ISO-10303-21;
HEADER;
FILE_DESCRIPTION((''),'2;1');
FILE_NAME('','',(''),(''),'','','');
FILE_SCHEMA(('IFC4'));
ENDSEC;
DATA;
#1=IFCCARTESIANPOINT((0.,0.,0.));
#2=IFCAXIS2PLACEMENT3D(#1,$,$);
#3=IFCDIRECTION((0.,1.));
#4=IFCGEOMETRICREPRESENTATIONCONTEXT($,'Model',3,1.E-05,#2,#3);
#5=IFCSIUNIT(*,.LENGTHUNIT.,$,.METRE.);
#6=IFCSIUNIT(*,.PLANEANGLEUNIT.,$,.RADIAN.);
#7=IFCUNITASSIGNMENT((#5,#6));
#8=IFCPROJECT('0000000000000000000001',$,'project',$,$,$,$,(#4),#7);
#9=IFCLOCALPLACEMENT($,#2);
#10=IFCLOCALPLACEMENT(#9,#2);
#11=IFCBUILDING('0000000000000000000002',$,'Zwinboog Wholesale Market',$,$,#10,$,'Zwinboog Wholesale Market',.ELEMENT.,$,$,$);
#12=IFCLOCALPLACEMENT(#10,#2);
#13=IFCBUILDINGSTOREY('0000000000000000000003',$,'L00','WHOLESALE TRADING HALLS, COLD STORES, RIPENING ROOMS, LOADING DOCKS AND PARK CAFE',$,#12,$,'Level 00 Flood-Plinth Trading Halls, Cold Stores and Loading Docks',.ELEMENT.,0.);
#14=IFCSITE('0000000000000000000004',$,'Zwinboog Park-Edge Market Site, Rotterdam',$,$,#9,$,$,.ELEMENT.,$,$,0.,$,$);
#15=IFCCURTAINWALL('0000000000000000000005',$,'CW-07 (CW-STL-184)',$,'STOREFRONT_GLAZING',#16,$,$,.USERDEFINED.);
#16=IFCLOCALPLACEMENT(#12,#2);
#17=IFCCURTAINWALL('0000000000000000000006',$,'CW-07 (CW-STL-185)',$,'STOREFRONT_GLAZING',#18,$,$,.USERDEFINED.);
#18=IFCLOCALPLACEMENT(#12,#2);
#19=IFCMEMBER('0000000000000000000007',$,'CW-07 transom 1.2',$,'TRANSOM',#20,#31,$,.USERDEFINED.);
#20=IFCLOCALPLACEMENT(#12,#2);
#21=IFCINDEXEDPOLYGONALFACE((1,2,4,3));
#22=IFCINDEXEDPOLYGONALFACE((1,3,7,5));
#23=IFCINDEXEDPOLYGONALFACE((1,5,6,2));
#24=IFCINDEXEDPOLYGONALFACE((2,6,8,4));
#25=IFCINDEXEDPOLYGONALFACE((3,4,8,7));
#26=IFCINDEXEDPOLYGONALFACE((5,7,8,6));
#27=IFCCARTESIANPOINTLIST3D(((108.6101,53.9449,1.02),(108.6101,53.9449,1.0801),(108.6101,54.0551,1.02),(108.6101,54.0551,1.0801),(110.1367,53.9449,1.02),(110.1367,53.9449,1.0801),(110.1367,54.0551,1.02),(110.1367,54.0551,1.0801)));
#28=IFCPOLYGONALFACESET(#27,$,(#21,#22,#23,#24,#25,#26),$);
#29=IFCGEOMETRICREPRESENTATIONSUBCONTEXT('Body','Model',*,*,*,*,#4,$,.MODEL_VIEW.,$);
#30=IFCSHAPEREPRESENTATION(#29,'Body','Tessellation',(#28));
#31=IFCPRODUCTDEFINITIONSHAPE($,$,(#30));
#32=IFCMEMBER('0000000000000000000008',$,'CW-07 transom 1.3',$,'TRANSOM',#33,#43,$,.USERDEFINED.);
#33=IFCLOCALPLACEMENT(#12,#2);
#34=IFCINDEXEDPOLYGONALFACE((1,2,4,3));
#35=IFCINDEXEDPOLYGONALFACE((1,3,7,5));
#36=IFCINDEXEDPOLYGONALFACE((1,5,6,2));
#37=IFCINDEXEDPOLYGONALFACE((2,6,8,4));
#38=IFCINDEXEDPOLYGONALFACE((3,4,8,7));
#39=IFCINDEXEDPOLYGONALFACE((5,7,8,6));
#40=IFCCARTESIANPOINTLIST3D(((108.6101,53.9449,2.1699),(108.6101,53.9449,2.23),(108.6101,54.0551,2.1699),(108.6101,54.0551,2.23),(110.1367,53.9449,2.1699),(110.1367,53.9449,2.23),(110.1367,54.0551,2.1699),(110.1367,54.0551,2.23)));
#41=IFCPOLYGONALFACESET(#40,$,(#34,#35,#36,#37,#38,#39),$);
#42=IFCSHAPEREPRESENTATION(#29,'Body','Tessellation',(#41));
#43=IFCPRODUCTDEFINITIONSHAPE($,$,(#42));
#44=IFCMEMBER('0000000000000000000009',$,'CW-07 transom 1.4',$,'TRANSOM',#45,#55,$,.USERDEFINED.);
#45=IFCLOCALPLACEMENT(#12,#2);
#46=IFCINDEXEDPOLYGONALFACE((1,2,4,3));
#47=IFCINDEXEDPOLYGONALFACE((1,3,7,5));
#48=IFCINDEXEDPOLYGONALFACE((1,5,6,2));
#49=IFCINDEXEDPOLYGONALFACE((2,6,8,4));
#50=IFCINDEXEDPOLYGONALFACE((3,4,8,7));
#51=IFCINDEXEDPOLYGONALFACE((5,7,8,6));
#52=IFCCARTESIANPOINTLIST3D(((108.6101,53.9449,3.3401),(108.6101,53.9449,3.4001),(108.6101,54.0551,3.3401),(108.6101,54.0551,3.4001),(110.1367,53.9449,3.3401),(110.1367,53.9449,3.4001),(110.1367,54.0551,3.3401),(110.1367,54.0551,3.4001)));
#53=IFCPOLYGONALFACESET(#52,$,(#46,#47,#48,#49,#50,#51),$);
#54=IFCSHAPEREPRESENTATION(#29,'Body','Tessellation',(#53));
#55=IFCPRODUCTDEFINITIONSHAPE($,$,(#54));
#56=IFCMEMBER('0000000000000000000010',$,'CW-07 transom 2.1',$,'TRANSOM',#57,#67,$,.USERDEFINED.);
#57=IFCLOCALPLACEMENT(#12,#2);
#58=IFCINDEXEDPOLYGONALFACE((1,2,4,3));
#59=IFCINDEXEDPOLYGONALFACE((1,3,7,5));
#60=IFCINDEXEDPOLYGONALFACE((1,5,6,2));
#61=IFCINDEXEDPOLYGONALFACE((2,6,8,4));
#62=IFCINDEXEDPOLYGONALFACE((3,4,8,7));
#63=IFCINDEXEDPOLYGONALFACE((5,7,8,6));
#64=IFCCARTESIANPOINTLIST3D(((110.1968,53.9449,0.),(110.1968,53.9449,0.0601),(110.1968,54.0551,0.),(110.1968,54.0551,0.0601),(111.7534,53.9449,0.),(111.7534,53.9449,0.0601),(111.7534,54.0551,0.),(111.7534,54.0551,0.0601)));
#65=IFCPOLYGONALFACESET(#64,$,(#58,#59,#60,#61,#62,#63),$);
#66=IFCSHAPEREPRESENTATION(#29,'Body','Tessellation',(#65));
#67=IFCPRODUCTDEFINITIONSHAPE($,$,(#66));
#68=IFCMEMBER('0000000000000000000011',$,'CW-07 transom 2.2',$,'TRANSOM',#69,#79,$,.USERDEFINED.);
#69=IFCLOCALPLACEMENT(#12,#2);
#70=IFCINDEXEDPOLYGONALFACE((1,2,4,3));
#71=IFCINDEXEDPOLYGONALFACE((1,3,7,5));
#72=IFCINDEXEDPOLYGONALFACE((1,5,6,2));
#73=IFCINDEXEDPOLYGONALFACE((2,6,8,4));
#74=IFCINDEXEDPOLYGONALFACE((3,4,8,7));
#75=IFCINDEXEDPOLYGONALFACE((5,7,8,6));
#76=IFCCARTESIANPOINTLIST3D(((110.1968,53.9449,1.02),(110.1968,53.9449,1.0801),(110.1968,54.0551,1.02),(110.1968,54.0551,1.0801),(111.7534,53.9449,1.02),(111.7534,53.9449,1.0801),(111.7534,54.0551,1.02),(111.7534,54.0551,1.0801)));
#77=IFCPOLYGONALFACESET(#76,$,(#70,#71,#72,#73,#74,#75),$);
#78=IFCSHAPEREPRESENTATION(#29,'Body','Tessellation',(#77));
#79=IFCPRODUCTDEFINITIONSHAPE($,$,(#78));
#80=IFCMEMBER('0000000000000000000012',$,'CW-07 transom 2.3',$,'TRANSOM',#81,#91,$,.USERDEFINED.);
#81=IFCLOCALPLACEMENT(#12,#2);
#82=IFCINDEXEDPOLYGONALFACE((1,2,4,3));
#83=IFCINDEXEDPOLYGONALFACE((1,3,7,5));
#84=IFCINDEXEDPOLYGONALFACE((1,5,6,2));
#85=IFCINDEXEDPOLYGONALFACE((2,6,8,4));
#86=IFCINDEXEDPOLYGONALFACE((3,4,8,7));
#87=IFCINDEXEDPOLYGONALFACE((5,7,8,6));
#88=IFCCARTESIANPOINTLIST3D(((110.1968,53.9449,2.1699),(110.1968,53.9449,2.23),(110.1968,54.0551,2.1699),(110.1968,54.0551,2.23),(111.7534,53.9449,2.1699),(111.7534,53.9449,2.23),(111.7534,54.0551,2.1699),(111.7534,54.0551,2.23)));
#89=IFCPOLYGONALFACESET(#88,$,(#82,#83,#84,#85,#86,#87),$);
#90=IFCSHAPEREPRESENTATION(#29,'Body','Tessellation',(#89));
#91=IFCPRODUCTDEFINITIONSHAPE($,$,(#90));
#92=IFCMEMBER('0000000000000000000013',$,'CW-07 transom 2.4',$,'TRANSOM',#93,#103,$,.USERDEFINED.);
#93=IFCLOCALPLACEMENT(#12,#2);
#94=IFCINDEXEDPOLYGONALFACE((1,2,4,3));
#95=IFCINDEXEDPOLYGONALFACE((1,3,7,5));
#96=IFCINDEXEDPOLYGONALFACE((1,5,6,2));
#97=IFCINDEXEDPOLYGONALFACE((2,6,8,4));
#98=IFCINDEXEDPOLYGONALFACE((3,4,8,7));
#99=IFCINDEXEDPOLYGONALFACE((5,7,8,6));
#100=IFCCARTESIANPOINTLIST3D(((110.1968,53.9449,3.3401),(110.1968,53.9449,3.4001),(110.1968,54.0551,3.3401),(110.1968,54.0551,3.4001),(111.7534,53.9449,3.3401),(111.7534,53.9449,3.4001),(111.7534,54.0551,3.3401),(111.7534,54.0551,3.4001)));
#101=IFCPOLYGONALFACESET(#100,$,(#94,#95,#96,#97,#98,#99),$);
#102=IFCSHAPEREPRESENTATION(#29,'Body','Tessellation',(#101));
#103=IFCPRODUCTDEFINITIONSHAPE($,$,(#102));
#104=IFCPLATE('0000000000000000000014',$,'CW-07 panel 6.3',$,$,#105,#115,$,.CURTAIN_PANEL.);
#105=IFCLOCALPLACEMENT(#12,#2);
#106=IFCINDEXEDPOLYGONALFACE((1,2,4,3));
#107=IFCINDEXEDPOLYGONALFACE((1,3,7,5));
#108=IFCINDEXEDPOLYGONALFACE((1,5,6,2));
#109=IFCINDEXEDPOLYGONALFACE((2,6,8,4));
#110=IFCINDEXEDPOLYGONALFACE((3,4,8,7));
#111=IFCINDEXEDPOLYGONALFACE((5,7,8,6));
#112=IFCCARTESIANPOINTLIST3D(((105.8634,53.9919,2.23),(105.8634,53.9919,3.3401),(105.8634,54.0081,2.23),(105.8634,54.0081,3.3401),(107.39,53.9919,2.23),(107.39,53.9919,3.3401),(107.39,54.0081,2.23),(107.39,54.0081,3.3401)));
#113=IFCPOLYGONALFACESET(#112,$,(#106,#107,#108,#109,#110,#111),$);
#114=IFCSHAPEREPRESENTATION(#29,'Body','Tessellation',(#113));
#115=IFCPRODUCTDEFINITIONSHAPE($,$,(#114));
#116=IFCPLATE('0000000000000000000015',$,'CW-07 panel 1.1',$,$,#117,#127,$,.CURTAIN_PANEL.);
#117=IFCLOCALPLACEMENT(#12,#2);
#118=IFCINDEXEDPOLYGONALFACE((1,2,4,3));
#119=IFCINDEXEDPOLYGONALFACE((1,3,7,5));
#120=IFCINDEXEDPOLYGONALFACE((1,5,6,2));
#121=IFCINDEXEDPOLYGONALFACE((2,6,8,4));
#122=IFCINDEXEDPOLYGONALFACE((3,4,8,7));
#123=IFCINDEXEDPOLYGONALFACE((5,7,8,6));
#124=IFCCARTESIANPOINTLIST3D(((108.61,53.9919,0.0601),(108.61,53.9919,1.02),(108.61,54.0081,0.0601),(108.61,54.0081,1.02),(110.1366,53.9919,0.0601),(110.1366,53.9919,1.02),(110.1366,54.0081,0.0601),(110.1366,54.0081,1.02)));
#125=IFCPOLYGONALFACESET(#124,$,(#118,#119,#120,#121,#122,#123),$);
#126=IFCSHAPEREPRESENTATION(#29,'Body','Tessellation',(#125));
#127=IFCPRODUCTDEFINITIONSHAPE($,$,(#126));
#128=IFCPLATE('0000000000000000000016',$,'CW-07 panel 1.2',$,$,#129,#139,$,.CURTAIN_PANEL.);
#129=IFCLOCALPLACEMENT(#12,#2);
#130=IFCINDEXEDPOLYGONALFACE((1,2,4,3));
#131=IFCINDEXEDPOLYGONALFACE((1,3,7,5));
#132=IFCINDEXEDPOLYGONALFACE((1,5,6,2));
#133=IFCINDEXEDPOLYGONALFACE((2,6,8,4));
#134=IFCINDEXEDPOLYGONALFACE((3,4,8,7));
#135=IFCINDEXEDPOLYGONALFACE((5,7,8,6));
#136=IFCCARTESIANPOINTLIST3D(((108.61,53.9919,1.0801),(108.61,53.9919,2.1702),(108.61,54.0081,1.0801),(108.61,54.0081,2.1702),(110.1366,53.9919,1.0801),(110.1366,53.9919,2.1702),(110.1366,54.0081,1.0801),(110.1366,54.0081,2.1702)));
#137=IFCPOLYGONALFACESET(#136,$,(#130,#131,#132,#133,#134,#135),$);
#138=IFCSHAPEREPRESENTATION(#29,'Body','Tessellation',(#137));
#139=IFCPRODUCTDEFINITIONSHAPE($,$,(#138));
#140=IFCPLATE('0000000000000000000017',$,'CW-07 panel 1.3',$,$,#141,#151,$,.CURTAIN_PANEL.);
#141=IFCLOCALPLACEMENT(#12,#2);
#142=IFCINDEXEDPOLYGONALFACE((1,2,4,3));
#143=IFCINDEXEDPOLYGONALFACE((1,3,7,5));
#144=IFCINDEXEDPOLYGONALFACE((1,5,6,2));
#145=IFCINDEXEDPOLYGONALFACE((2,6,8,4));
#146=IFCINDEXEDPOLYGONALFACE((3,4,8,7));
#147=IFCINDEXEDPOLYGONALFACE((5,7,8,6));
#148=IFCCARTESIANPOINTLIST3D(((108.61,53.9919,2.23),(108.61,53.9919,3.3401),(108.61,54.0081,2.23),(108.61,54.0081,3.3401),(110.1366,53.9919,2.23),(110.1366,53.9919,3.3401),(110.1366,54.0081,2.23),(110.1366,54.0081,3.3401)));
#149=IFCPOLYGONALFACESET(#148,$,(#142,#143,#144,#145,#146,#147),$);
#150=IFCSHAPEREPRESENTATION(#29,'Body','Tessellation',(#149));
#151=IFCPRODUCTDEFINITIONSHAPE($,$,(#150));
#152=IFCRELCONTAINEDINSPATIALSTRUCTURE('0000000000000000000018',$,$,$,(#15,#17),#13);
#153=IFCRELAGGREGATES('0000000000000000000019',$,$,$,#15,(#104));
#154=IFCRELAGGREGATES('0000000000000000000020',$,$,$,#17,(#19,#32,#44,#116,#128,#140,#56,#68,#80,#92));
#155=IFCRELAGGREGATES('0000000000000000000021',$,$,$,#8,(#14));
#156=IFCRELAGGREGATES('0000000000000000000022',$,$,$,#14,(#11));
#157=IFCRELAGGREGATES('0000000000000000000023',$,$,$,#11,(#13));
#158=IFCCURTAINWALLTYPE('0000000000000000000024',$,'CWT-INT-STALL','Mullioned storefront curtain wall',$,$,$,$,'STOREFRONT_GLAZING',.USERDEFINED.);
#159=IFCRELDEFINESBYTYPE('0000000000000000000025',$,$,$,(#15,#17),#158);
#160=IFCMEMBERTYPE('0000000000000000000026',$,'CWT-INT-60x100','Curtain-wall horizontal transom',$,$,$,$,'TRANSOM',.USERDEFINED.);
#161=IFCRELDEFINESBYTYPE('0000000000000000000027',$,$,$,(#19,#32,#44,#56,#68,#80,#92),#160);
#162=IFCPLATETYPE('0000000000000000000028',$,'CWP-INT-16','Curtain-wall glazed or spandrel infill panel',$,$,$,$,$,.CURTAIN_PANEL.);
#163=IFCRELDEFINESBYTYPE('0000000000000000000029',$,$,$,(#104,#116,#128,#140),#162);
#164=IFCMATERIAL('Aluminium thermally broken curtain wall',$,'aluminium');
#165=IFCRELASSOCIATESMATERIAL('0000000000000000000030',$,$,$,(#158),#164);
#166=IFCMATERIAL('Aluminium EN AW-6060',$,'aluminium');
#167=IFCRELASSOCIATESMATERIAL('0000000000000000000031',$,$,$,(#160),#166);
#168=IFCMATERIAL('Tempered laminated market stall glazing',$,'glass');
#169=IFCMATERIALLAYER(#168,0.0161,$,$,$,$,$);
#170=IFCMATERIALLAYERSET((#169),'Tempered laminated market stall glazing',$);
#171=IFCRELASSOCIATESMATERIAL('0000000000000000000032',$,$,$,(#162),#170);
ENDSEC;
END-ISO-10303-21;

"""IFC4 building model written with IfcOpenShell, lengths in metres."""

from ifc_helpers import new_model, si_unit, direction, frame, origin, origin_2d, place, context, subcontext, project, spatial, rectangle, extrude, material, layer, layer_set, material_profile, profile_set, type_object, element, aggregate, save


model = new_model("IFC4")

# Units and contexts
model_context = context("Model", 3, precision=1e-05, world=origin(), true_north=direction((0.0, 1.0)))
body_context = subcontext(model_context, "Body", "Model", "MODEL_VIEW")
ifc_project = project(units=[si_unit("LENGTHUNIT", "METRE"), si_unit("PLANEANGLEUNIT", "RADIAN")], contexts=[model_context])

# Site, building, storey
site_placement = place(None, origin())
site = spatial("IfcSite", under=ifc_project, at=site_placement, Name="Zwinboog Park-Edge Market Site, Rotterdam", CompositionType="ELEMENT", RefElevation=0.0)
building_placement = place(site_placement, origin())
building = spatial("IfcBuilding", under=site, at=building_placement, Name="Zwinboog Wholesale Market", LongName="Zwinboog Wholesale Market", CompositionType="ELEMENT")
storey_placement = place(building_placement, origin())
storey = spatial("IfcBuildingStorey", under=building, at=storey_placement, Name="L00", Description="WHOLESALE TRADING HALLS, COLD STORES, RIPENING ROOMS, LOADING DOCKS AND PARK CAFE", LongName="Level 00 Flood-Plinth Trading Halls, Cold Stores and Loading Docks", CompositionType="ELEMENT", Elevation=0.0)

# Curtain wall
ifc_material_1 = material(Name="Aluminium thermally broken curtain wall", Category="aluminium")
curtain_wall_type = type_object("IfcCurtainWallType", Name="CWT-INT-STALL", Description="Mullioned storefront curtain wall", ElementType="STOREFRONT_GLAZING", PredefinedType="USERDEFINED", material=ifc_material_1)
curtain_wall_1_placement = place(storey_placement, origin())
curtain_wall_1 = element("IfcCurtainWall", 1, at=curtain_wall_1_placement, inside=storey, type_object=curtain_wall_type, Name="CW-07 (CW-STL-184)", ObjectType="STOREFRONT_GLAZING", PredefinedType="USERDEFINED")
ifc_material_2 = material(Name="Aluminium EN AW-6060", Category="aluminium")

# Curtain wall, members
curtain_wall_2_placement = place(storey_placement, origin())
curtain_wall_2 = element("IfcCurtainWall", 2, at=curtain_wall_2_placement, inside=storey, type_object=curtain_wall_type, Name="CW-07 (CW-STL-185)", ObjectType="STOREFRONT_GLAZING", PredefinedType="USERDEFINED")
ifc_material_profile_1 = material_profile(ifc_material_2, rectangle(XDim=0.1101, YDim=0.0601, at=origin_2d()), Name="AL 60x110")
ifc_profile_set_1 = profile_set([ifc_material_profile_1], Name="Aluminium EN AW-6060")
member_type_1 = type_object("IfcMemberType", Name="CWT-INT-60x100", Description="Curtain-wall horizontal transom", ElementType="TRANSOM", PredefinedType="USERDEFINED", material=ifc_profile_set_1)
member_1_placement = place(storey_placement, frame((108.6101, 54.0, 1.05), z_axis=(1.0, 0.0, 0.0), x_axis=(0.0, 1.0, 0.0)))
member_1 = element("IfcMember", 3, at=member_1_placement, type_object=member_type_1, Name="CW-07 transom 1.2", ObjectType="TRANSOM", PredefinedType="USERDEFINED", context=body_context, shape_type="SweptSolid", body=[
    extrude(rectangle(XDim=0.1101, YDim=0.0601, at=origin_2d()), origin(), (0.0, 0.0, 1.0), 1.5266),
])
member_2_placement = place(storey_placement, frame((108.6101, 54.0, 2.2), z_axis=(1.0, 0.0, 0.0), x_axis=(0.0, 1.0, 0.0)))
member_2 = element("IfcMember", 4, at=member_2_placement, type_object=member_type_1, Name="CW-07 transom 1.3", ObjectType="TRANSOM", PredefinedType="USERDEFINED", context=body_context, shape_type="SweptSolid", body=[
    extrude(rectangle(XDim=0.1101, YDim=0.0601, at=origin_2d()), origin(), (0.0, 0.0, 1.0), 1.5266),
])
member_3_placement = place(storey_placement, frame((108.6101, 54.0, 3.3701), z_axis=(1.0, 0.0, 0.0), x_axis=(0.0, 1.0, 0.0)))
member_3 = element("IfcMember", 5, at=member_3_placement, type_object=member_type_1, Name="CW-07 transom 1.4", ObjectType="TRANSOM", PredefinedType="USERDEFINED", context=body_context, shape_type="SweptSolid", body=[
    extrude(rectangle(XDim=0.1101, YDim=0.0601, at=origin_2d()), origin(), (0.0, 0.0, 1.0), 1.5266),
])
member_4_placement = place(storey_placement, frame((110.1968, 54.0, 0.03), z_axis=(1.0, 0.0, 0.0), x_axis=(0.0, 1.0, 0.0)))
member_4 = element("IfcMember", 6, at=member_4_placement, type_object=member_type_1, Name="CW-07 transom 2.1", ObjectType="TRANSOM", PredefinedType="USERDEFINED", context=body_context, shape_type="SweptSolid", body=[
    extrude(rectangle(XDim=0.1101, YDim=0.0601, at=origin_2d()), origin(), (0.0, 0.0, 1.0), 1.5566),
])
member_5_placement = place(storey_placement, frame((110.1968, 54.0, 1.05), z_axis=(1.0, 0.0, 0.0), x_axis=(0.0, 1.0, 0.0)))
member_5 = element("IfcMember", 7, at=member_5_placement, type_object=member_type_1, Name="CW-07 transom 2.2", ObjectType="TRANSOM", PredefinedType="USERDEFINED", context=body_context, shape_type="SweptSolid", body=[
    extrude(rectangle(XDim=0.1101, YDim=0.0601, at=origin_2d()), origin(), (0.0, 0.0, 1.0), 1.5566),
])
member_6_placement = place(storey_placement, frame((110.1968, 54.0, 2.2), z_axis=(1.0, 0.0, 0.0), x_axis=(0.0, 1.0, 0.0)))
member_6 = element("IfcMember", 8, at=member_6_placement, type_object=member_type_1, Name="CW-07 transom 2.3", ObjectType="TRANSOM", PredefinedType="USERDEFINED", context=body_context, shape_type="SweptSolid", body=[
    extrude(rectangle(XDim=0.1101, YDim=0.0601, at=origin_2d()), origin(), (0.0, 0.0, 1.0), 1.5566),
])
member_7_placement = place(storey_placement, frame((110.1968, 54.0, 3.3701), z_axis=(1.0, 0.0, 0.0), x_axis=(0.0, 1.0, 0.0)))
member_7 = element("IfcMember", 9, at=member_7_placement, type_object=member_type_1, Name="CW-07 transom 2.4", ObjectType="TRANSOM", PredefinedType="USERDEFINED", context=body_context, shape_type="SweptSolid", body=[
    extrude(rectangle(XDim=0.1101, YDim=0.0601, at=origin_2d()), origin(), (0.0, 0.0, 1.0), 1.5566),
])

# Plates
ifc_material_3 = material(Name="Tempered laminated market stall glazing", Category="glass")
ifc_layer = layer(ifc_material_3, 0.0161)
ifc_layer_set = layer_set([ifc_layer], Name="Tempered laminated market stall glazing")
plate_type = type_object("IfcPlateType", Name="CWP-INT-16", Description="Curtain-wall glazed or spandrel infill panel", PredefinedType="CURTAIN_PANEL", material=ifc_layer_set)
plate_1_placement = place(storey_placement, frame((106.6267, 54.0, 2.23), z_axis=(0.0, 0.0, 1.0), x_axis=(1.0, 0.0, 0.0)))
plate_1 = element("IfcPlate", 10, at=plate_1_placement, type_object=plate_type, Name="CW-07 panel 6.3", PredefinedType="CURTAIN_PANEL", context=body_context, shape_type="SweptSolid", body=[
    extrude(rectangle(XDim=1.5266, YDim=0.0161, at=origin_2d()), origin(), (0.0, 0.0, 1.0), 1.1101),
])
aggregate(curtain_wall_1, [plate_1])
plate_2_placement = place(storey_placement, frame((109.3733, 54.0, 0.0601), z_axis=(0.0, 0.0, 1.0), x_axis=(1.0, 0.0, 0.0)))
plate_2 = element("IfcPlate", 11, at=plate_2_placement, type_object=plate_type, Name="CW-07 panel 1.1", PredefinedType="CURTAIN_PANEL", context=body_context, shape_type="SweptSolid", body=[
    extrude(rectangle(XDim=1.5266, YDim=0.0161, at=origin_2d()), origin(), (0.0, 0.0, 1.0), 0.96),
])
plate_3_placement = place(storey_placement, frame((109.3733, 54.0, 1.0801), z_axis=(0.0, 0.0, 1.0), x_axis=(1.0, 0.0, 0.0)))
plate_3 = element("IfcPlate", 12, at=plate_3_placement, type_object=plate_type, Name="CW-07 panel 1.2", PredefinedType="CURTAIN_PANEL", context=body_context, shape_type="SweptSolid", body=[
    extrude(rectangle(XDim=1.5266, YDim=0.0161, at=origin_2d()), origin(), (0.0, 0.0, 1.0), 1.0901),
])
plate_4_placement = place(storey_placement, frame((109.3733, 54.0, 2.23), z_axis=(0.0, 0.0, 1.0), x_axis=(1.0, 0.0, 0.0)))
plate_4 = element("IfcPlate", 13, at=plate_4_placement, type_object=plate_type, Name="CW-07 panel 1.3", PredefinedType="CURTAIN_PANEL", context=body_context, shape_type="SweptSolid", body=[
    extrude(rectangle(XDim=1.5266, YDim=0.0161, at=origin_2d()), origin(), (0.0, 0.0, 1.0), 1.1101),
])
aggregate(curtain_wall_2, [member_1, member_2, member_3, plate_2, plate_3, plate_4, member_4, member_5, member_6, member_7])

save(model, "model.ifc")
